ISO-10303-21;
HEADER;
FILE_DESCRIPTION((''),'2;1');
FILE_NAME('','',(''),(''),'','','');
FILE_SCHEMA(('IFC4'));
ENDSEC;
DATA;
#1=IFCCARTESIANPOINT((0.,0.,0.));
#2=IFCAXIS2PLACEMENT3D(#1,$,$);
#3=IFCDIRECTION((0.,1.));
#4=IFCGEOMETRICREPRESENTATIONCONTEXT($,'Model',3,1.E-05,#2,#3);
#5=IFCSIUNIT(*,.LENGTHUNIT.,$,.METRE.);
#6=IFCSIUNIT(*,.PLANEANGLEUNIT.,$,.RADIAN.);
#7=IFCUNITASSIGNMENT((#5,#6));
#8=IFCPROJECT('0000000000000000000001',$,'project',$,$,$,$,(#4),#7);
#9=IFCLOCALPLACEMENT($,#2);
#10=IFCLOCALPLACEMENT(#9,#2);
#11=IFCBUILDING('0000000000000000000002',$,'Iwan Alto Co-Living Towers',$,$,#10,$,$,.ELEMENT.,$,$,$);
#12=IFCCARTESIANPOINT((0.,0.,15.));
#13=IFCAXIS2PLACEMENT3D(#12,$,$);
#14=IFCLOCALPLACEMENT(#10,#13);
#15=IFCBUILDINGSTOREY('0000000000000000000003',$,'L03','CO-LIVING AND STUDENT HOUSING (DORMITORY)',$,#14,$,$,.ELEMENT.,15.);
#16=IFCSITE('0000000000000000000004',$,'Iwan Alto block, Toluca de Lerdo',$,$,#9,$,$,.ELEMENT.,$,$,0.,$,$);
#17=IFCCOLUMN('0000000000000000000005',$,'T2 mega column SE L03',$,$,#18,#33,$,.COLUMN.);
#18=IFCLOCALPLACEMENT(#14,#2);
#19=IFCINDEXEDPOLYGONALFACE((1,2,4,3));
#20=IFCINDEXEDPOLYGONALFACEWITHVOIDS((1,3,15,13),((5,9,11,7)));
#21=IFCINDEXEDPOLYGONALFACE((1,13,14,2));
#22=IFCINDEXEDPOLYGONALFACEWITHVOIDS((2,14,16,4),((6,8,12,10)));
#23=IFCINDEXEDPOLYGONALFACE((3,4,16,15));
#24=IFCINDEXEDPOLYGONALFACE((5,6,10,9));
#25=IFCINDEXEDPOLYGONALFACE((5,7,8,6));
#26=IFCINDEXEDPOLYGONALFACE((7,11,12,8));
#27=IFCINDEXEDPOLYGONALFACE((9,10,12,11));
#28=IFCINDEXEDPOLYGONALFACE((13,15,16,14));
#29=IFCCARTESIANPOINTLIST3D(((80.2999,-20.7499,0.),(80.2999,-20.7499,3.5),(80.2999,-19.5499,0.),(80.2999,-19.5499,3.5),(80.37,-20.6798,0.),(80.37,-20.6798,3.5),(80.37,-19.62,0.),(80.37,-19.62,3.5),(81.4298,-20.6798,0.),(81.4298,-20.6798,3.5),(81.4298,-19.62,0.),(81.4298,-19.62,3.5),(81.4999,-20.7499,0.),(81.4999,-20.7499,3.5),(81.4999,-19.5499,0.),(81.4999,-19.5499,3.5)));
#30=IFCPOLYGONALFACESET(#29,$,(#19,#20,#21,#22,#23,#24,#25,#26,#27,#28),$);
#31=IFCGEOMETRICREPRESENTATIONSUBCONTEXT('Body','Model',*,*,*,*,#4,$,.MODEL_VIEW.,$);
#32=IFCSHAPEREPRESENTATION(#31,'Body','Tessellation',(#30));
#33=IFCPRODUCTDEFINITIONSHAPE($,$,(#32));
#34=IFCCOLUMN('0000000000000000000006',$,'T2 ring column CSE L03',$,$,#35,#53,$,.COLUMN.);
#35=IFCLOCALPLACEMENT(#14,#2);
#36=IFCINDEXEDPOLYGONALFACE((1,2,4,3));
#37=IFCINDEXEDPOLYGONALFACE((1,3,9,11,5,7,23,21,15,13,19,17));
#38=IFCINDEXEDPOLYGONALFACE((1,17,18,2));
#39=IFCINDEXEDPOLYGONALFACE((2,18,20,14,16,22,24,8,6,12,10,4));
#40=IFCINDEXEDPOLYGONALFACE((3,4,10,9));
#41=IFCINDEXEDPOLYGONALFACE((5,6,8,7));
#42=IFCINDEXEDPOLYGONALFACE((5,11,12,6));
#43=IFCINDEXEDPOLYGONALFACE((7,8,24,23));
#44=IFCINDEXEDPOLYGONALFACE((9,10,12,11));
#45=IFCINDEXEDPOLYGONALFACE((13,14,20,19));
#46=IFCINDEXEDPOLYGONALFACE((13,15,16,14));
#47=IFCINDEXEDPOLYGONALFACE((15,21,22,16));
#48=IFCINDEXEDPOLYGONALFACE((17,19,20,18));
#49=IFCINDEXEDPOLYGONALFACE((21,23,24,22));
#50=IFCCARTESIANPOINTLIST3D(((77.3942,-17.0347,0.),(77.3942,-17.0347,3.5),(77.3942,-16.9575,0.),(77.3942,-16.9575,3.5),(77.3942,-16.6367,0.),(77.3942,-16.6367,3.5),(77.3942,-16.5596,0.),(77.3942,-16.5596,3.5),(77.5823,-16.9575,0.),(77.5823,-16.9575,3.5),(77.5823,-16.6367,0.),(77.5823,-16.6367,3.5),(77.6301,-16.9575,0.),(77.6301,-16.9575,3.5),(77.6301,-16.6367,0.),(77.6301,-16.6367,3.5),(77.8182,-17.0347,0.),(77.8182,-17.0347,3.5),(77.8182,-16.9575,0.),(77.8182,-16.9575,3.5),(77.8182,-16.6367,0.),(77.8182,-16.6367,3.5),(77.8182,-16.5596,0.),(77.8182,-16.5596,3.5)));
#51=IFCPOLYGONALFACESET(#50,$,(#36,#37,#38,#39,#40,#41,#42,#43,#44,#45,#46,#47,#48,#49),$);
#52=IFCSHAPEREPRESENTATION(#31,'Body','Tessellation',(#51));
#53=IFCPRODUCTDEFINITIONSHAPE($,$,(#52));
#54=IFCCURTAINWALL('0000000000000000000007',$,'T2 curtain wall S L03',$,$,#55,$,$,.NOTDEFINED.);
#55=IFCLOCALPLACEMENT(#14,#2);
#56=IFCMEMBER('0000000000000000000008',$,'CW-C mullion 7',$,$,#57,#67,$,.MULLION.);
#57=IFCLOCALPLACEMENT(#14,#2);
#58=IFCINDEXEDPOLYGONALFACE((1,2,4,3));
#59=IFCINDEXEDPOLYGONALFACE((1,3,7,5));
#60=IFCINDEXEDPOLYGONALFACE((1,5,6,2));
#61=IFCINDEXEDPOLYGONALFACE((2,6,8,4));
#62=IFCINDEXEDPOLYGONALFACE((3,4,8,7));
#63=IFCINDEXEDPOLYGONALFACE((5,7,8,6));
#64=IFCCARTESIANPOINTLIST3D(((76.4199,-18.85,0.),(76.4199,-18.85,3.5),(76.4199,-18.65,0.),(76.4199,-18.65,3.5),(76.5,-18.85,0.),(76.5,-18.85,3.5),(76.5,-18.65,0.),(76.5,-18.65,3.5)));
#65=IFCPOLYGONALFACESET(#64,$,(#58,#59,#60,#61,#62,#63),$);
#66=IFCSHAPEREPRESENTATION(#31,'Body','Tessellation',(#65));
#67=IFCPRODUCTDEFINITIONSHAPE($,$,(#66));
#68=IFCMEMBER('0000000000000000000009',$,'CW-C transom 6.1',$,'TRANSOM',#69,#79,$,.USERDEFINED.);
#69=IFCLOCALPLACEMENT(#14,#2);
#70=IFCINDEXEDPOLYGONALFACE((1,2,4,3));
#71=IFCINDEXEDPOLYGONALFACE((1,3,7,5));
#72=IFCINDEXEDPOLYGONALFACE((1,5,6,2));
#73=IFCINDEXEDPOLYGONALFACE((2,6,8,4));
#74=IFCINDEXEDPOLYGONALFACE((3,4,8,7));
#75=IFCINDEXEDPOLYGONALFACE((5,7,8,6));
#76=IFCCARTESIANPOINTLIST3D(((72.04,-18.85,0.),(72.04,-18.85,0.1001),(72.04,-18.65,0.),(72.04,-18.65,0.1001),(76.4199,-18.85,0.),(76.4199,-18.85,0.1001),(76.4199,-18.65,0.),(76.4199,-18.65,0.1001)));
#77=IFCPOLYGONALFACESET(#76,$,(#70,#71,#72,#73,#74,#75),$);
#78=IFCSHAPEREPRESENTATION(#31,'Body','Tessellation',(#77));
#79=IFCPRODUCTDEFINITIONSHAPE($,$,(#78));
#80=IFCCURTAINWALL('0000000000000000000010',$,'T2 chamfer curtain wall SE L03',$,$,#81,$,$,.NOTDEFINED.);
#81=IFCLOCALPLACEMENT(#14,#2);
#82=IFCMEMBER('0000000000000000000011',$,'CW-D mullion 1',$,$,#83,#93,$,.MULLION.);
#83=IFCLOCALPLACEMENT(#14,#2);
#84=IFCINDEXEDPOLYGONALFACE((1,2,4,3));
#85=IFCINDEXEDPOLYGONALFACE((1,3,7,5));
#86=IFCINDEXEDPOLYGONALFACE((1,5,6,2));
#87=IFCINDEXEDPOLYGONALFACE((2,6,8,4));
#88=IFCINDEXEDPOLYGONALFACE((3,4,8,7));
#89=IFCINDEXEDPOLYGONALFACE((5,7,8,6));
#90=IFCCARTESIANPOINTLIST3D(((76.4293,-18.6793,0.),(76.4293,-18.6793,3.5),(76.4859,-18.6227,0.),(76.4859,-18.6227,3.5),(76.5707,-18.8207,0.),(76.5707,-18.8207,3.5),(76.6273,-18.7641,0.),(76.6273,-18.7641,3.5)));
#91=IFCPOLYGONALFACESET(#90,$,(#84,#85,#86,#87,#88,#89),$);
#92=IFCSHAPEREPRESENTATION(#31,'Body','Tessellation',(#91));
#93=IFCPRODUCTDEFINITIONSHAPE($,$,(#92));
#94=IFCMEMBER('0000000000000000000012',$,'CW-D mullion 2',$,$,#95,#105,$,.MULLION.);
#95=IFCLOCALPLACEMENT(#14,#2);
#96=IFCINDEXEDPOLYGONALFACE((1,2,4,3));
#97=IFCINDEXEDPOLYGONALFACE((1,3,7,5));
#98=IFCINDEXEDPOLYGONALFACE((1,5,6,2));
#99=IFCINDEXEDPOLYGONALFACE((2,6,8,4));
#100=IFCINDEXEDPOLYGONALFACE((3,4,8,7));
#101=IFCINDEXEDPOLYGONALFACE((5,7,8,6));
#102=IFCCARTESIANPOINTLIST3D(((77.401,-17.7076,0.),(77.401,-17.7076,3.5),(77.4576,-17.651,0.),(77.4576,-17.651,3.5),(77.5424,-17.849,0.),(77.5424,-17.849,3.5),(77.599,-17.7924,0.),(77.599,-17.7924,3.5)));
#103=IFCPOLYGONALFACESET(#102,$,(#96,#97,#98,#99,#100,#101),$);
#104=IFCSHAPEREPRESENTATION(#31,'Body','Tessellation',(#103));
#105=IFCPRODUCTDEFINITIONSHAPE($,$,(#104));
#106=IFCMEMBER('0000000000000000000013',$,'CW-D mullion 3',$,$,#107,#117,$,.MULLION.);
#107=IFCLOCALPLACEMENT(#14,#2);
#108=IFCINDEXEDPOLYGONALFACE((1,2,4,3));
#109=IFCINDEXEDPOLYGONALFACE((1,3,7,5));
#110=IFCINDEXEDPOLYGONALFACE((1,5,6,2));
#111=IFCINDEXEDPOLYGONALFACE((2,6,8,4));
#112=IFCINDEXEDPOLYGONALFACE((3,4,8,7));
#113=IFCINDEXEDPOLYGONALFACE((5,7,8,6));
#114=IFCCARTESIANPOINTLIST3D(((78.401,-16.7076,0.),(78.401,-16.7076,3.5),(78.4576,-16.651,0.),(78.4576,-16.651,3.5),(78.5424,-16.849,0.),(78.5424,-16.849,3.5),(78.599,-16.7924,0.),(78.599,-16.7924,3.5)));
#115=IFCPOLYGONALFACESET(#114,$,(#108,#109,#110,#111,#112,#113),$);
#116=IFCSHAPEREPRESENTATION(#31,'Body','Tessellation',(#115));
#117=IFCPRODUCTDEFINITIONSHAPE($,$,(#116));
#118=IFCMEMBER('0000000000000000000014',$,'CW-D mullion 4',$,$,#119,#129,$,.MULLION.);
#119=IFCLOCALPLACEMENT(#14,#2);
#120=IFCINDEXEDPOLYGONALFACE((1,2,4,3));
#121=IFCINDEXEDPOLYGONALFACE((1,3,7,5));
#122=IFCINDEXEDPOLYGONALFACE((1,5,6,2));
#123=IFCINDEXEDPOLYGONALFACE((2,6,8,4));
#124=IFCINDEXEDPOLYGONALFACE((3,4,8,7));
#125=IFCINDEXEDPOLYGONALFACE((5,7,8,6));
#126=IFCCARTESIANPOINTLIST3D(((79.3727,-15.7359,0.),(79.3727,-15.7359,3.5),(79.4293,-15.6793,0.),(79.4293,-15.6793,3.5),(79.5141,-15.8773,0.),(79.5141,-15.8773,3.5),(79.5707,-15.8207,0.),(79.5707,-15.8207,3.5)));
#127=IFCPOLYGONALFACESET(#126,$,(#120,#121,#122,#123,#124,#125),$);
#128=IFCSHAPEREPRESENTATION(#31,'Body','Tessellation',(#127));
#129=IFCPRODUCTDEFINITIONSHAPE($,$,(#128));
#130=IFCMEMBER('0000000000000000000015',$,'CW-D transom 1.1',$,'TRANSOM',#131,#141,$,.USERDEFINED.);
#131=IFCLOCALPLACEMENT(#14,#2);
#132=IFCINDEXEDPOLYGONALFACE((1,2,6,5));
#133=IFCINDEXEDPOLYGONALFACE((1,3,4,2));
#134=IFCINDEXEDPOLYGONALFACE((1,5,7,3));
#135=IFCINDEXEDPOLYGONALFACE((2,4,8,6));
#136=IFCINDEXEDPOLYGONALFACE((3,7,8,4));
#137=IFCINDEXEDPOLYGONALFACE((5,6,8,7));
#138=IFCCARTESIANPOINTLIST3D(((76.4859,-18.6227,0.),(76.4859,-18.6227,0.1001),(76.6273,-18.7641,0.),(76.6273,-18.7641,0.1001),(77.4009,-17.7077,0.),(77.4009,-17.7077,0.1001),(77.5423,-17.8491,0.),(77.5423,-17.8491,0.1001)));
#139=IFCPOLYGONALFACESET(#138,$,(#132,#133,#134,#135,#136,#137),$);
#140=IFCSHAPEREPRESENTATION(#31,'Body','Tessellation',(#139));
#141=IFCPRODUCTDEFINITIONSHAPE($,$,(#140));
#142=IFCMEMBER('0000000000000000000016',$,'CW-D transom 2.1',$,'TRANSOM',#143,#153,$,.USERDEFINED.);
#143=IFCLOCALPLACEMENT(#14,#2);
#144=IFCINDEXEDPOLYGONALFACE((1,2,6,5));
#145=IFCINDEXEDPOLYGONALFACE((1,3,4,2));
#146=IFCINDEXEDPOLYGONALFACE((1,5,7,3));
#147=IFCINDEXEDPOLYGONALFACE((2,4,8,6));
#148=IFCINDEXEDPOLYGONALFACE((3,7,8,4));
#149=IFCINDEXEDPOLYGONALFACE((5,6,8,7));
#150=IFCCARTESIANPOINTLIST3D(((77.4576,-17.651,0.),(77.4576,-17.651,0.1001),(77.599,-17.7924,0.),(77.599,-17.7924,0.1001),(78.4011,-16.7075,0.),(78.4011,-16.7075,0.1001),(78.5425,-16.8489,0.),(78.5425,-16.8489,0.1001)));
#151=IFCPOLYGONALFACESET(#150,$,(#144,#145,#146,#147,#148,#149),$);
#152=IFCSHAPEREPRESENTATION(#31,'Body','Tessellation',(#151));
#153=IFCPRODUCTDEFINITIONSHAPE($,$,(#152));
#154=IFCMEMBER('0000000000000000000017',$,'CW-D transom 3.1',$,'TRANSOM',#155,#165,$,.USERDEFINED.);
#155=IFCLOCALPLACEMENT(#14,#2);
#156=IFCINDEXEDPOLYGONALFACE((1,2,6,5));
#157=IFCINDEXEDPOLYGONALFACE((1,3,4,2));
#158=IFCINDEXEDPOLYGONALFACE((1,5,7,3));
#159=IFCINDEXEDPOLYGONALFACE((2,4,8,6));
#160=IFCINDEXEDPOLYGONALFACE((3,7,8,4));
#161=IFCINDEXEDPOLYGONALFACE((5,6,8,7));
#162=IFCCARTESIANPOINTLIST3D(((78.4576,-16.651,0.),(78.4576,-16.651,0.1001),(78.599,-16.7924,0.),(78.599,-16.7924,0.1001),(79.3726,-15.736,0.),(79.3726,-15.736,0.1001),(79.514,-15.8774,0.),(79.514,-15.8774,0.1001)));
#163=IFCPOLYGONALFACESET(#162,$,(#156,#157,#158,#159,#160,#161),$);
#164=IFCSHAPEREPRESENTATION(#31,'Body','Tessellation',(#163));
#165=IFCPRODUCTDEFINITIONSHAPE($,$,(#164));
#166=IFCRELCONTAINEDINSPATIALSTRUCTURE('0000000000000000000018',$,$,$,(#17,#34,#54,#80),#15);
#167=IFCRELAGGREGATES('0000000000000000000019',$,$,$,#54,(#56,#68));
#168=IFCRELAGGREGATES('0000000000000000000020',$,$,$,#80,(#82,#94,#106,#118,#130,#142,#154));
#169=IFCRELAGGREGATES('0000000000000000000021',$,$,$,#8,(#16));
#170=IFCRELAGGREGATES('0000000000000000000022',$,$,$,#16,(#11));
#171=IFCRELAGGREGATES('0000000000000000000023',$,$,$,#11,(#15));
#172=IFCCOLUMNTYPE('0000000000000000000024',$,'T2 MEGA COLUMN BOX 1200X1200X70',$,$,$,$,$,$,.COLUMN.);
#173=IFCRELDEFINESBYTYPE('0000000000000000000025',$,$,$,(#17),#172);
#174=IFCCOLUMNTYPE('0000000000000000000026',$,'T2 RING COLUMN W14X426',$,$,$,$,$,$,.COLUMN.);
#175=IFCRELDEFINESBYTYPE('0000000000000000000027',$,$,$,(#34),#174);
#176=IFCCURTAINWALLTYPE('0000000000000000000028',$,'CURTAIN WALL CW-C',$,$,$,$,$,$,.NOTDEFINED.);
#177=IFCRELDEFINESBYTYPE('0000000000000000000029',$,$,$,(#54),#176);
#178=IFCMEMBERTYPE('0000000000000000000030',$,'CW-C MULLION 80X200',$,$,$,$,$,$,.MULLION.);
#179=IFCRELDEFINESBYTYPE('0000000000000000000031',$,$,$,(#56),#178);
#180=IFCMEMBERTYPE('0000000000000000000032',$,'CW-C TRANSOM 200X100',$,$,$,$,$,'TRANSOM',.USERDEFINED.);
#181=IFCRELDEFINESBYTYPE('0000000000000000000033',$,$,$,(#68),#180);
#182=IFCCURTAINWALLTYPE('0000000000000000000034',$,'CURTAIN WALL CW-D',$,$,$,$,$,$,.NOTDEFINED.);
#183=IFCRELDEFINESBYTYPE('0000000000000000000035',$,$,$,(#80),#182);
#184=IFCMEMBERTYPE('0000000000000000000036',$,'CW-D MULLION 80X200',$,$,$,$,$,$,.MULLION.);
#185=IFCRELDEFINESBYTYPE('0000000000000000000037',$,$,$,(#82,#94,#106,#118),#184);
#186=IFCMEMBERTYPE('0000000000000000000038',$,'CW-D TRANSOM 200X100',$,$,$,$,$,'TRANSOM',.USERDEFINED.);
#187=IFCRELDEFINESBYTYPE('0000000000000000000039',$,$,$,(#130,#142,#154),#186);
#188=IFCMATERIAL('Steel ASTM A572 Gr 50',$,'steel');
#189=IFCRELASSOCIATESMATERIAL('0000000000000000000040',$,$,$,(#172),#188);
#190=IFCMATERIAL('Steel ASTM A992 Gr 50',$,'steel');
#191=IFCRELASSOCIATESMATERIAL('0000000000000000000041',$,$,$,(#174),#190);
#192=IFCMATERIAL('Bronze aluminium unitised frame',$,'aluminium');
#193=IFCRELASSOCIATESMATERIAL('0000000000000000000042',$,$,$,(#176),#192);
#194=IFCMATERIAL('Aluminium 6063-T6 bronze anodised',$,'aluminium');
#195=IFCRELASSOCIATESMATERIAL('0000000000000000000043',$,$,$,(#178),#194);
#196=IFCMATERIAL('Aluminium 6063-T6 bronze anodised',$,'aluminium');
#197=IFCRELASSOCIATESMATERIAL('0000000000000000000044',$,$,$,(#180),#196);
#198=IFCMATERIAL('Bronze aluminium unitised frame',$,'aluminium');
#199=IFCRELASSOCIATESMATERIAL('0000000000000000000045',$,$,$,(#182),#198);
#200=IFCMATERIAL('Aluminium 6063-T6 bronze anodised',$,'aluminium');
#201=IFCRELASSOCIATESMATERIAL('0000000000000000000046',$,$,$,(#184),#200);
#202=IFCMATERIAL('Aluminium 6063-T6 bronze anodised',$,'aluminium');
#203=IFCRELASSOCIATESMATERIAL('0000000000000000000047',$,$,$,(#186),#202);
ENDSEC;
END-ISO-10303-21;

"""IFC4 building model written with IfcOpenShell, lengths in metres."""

from ifc_helpers import new_model, si_unit, direction, frame, origin, origin_2d, place, context, subcontext, project, spatial, rectangle, hollow_rectangle, i_section, extrude, material, material_profile, profile_set, type_object, element, aggregate, save


model = new_model("IFC4")

# Units and contexts
model_context = context("Model", 3, precision=1e-05, world=origin(), true_north=direction((0.0, 1.0)))
body_context = subcontext(model_context, "Body", "Model", "MODEL_VIEW")
ifc_project = project(units=[si_unit("LENGTHUNIT", "METRE"), si_unit("PLANEANGLEUNIT", "RADIAN")], contexts=[model_context])

# Site, building, storey
site_placement = place(None, origin())
site = spatial("IfcSite", under=ifc_project, at=site_placement, Name="Iwan Alto block, Toluca de Lerdo", CompositionType="ELEMENT", RefElevation=0.0)
building_placement = place(site_placement, origin())
building = spatial("IfcBuilding", under=site, at=building_placement, Name="Iwan Alto Co-Living Towers", CompositionType="ELEMENT")
storey_placement = place(building_placement, frame((0.0, 0.0, 15.0)))
storey = spatial("IfcBuildingStorey", under=building, at=storey_placement, Name="L03", Description="CO-LIVING AND STUDENT HOUSING (DORMITORY)", CompositionType="ELEMENT", Elevation=15.0)

# Columns
ifc_material_1 = material(Name="Steel ASTM A572 Gr 50", Category="steel")
ifc_material_profile_1 = material_profile(ifc_material_1, hollow_rectangle(XDim=1.2, YDim=1.2, WallThickness=0.0701, at=origin_2d()), Name="BOX 1200X1200X70")
ifc_profile_set_1 = profile_set([ifc_material_profile_1], Name="Steel ASTM A572 Gr 50")
column_type_1 = type_object("IfcColumnType", Name="T2 MEGA COLUMN BOX 1200X1200X70", PredefinedType="COLUMN", material=ifc_profile_set_1)
column_1_placement = place(storey_placement, frame((80.8999, -20.1499, 0.0), z_axis=(0.0, 0.0, 1.0), x_axis=(1.0, 0.0, 0.0)))
element("IfcColumn", 1, at=column_1_placement, inside=storey, type_object=column_type_1, Name="T2 mega column SE L03", PredefinedType="COLUMN", context=body_context, shape_type="SweptSolid", body=[
    extrude(hollow_rectangle(XDim=1.2, YDim=1.2, WallThickness=0.0701, at=origin_2d()), origin(), (0.0, 0.0, 1.0), 3.5),
])
ifc_material_2 = material(Name="Steel ASTM A992 Gr 50", Category="steel")
ifc_material_profile_2 = material_profile(ifc_material_2, i_section(OverallWidth=0.4241, OverallDepth=0.4751, WebThickness=0.0479, FlangeThickness=0.0771, at=origin_2d()), Name="W14X426")
ifc_profile_set_2 = profile_set([ifc_material_profile_2], Name="Steel ASTM A992 Gr 50")
column_type_2 = type_object("IfcColumnType", Name="T2 RING COLUMN W14X426", PredefinedType="COLUMN", material=ifc_profile_set_2)
column_2_placement = place(storey_placement, frame((77.6062, -16.7971, 0.0), z_axis=(0.0, 0.0, 1.0), x_axis=(1.0, 0.0, 0.0)))
element("IfcColumn", 2, at=column_2_placement, inside=storey, type_object=column_type_2, Name="T2 ring column CSE L03", PredefinedType="COLUMN", context=body_context, shape_type="SweptSolid", body=[
    extrude(i_section(OverallWidth=0.4241, OverallDepth=0.4751, WebThickness=0.0479, FlangeThickness=0.0771, at=origin_2d()), origin(), (0.0, 0.0, 1.0), 3.5),
])

# Curtain walls, members
ifc_material_3 = material(Name="Bronze aluminium unitised frame", Category="aluminium")
curtain_wall_type_1 = type_object("IfcCurtainWallType", Name="CURTAIN WALL CW-C", PredefinedType="NOTDEFINED", material=ifc_material_3)
curtain_wall_1_placement = place(storey_placement, origin())
curtain_wall_1 = element("IfcCurtainWall", 3, at=curtain_wall_1_placement, inside=storey, type_object=curtain_wall_type_1, Name="T2 curtain wall S L03", PredefinedType="NOTDEFINED")
ifc_material_4 = material(Name="Aluminium 6063-T6 bronze anodised", Category="aluminium")
ifc_material_profile_3 = material_profile(ifc_material_4, rectangle(XDim=0.2, YDim=0.0801, at=origin_2d()), Name="AL 80X200")
ifc_profile_set_3 = profile_set([ifc_material_profile_3], Name="Aluminium 6063-T6 bronze anodised")
member_type_1 = type_object("IfcMemberType", Name="CW-C MULLION 80X200", PredefinedType="MULLION", material=ifc_profile_set_3)
member_1_placement = place(storey_placement, frame((76.46, -18.75, 0.0), z_axis=(0.0, 0.0, 1.0), x_axis=(0.0, 1.0, 0.0)))
member_1 = element("IfcMember", 4, at=member_1_placement, type_object=member_type_1, Name="CW-C mullion 7", PredefinedType="MULLION", context=body_context, shape_type="SweptSolid", body=[
    extrude(rectangle(XDim=0.2, YDim=0.0801, at=origin_2d()), origin(), (0.0, 0.0, 1.0), 3.5),
])
ifc_material_5 = material(Name="Aluminium 6063-T6 bronze anodised", Category="aluminium")
ifc_material_profile_4 = material_profile(ifc_material_5, rectangle(XDim=0.2, YDim=0.1001, at=origin_2d()), Name="AL 200X100")
ifc_profile_set_4 = profile_set([ifc_material_profile_4], Name="Aluminium 6063-T6 bronze anodised")
member_type_2 = type_object("IfcMemberType", Name="CW-C TRANSOM 200X100", ElementType="TRANSOM", PredefinedType="USERDEFINED", material=ifc_profile_set_4)
member_2_placement = place(storey_placement, frame((72.04, -18.75, 0.05), z_axis=(1.0, 0.0, 0.0), x_axis=(0.0, 1.0, 0.0)))
member_2 = element("IfcMember", 5, at=member_2_placement, type_object=member_type_2, Name="CW-C transom 6.1", ObjectType="TRANSOM", PredefinedType="USERDEFINED", context=body_context, shape_type="SweptSolid", body=[
    extrude(rectangle(XDim=0.2, YDim=0.1001, at=origin_2d()), origin(), (0.0, 0.0, 1.0), 4.3799),
])
ifc_material_6 = material(Name="Bronze aluminium unitised frame", Category="aluminium")
curtain_wall_type_2 = type_object("IfcCurtainWallType", Name="CURTAIN WALL CW-D", PredefinedType="NOTDEFINED", material=ifc_material_6)
curtain_wall_2_placement = place(storey_placement, origin())
curtain_wall_2 = element("IfcCurtainWall", 6, at=curtain_wall_2_placement, inside=storey, type_object=curtain_wall_type_2, Name="T2 chamfer curtain wall SE L03", PredefinedType="NOTDEFINED")
ifc_material_7 = material(Name="Aluminium 6063-T6 bronze anodised", Category="aluminium")
ifc_material_profile_5 = material_profile(ifc_material_7, rectangle(XDim=0.2, YDim=0.0801, at=origin_2d()), Name="AL 80X200")
ifc_profile_set_5 = profile_set([ifc_material_profile_5], Name="Aluminium 6063-T6 bronze anodised")
member_type_3 = type_object("IfcMemberType", Name="CW-D MULLION 80X200", PredefinedType="MULLION", material=ifc_profile_set_5)
member_3_placement = place(storey_placement, frame((76.5283, -18.7217, 0.0), z_axis=(0.0, 0.0, 1.0), x_axis=(-0.707107, 0.707107, 0.0)))
member_3 = element("IfcMember", 7, at=member_3_placement, type_object=member_type_3, Name="CW-D mullion 1", PredefinedType="MULLION", context=body_context, shape_type="SweptSolid", body=[
    extrude(rectangle(XDim=0.2, YDim=0.0801, at=origin_2d()), origin(), (0.0, 0.0, 1.0), 3.5),
])
member_4_placement = place(storey_placement, frame((77.5, -17.75, 0.0), z_axis=(0.0, 0.0, 1.0), x_axis=(-0.707107, 0.707107, 0.0)))
member_4 = element("IfcMember", 8, at=member_4_placement, type_object=member_type_3, Name="CW-D mullion 2", PredefinedType="MULLION", context=body_context, shape_type="SweptSolid", body=[
    extrude(rectangle(XDim=0.2, YDim=0.0801, at=origin_2d()), origin(), (0.0, 0.0, 1.0), 3.5),
])
member_5_placement = place(storey_placement, frame((78.5, -16.75, 0.0), z_axis=(0.0, 0.0, 1.0), x_axis=(-0.707107, 0.707107, 0.0)))
member_5 = element("IfcMember", 9, at=member_5_placement, type_object=member_type_3, Name="CW-D mullion 3", PredefinedType="MULLION", context=body_context, shape_type="SweptSolid", body=[
    extrude(rectangle(XDim=0.2, YDim=0.0801, at=origin_2d()), origin(), (0.0, 0.0, 1.0), 3.5),
])
member_6_placement = place(storey_placement, frame((79.4717, -15.7783, 0.0), z_axis=(0.0, 0.0, 1.0), x_axis=(-0.707107, 0.707107, 0.0)))
member_6 = element("IfcMember", 10, at=member_6_placement, type_object=member_type_3, Name="CW-D mullion 4", PredefinedType="MULLION", context=body_context, shape_type="SweptSolid", body=[
    extrude(rectangle(XDim=0.2, YDim=0.0801, at=origin_2d()), origin(), (0.0, 0.0, 1.0), 3.5),
])
ifc_material_8 = material(Name="Aluminium 6063-T6 bronze anodised", Category="aluminium")
ifc_material_profile_6 = material_profile(ifc_material_8, rectangle(XDim=0.2, YDim=0.1001, at=origin_2d()), Name="AL 200X100")
ifc_profile_set_6 = profile_set([ifc_material_profile_6], Name="Aluminium 6063-T6 bronze anodised")
member_type_4 = type_object("IfcMemberType", Name="CW-D TRANSOM 200X100", ElementType="TRANSOM", PredefinedType="USERDEFINED", material=ifc_profile_set_6)
member_7_placement = place(storey_placement, frame((76.5566, -18.6934, 0.05), z_axis=(0.707107, 0.707107, 0.0), x_axis=(-0.707107, 0.707107, 0.0)))
member_7 = element("IfcMember", 11, at=member_7_placement, type_object=member_type_4, Name="CW-D transom 1.1", ObjectType="TRANSOM", PredefinedType="USERDEFINED", context=body_context, shape_type="SweptSolid", body=[
    extrude(rectangle(XDim=0.2, YDim=0.1001, at=origin_2d()), origin(), (0.0, 0.0, 1.0), 1.2939),
])
member_8_placement = place(storey_placement, frame((77.5283, -17.7217, 0.05), z_axis=(0.707107, 0.707107, 0.0), x_axis=(-0.707107, 0.707107, 0.0)))
member_8 = element("IfcMember", 12, at=member_8_placement, type_object=member_type_4, Name="CW-D transom 2.1", ObjectType="TRANSOM", PredefinedType="USERDEFINED", context=body_context, shape_type="SweptSolid", body=[
    extrude(rectangle(XDim=0.2, YDim=0.1001, at=origin_2d()), origin(), (0.0, 0.0, 1.0), 1.3342),
])
member_9_placement = place(storey_placement, frame((78.5283, -16.7217, 0.05), z_axis=(0.707107, 0.707107, 0.0), x_axis=(-0.707107, 0.707107, 0.0)))
member_9 = element("IfcMember", 13, at=member_9_placement, type_object=member_type_4, Name="CW-D transom 3.1", ObjectType="TRANSOM", PredefinedType="USERDEFINED", context=body_context, shape_type="SweptSolid", body=[
    extrude(rectangle(XDim=0.2, YDim=0.1001, at=origin_2d()), origin(), (0.0, 0.0, 1.0), 1.2939),
])

aggregate(curtain_wall_1, [member_1, member_2])
aggregate(curtain_wall_2, [member_3, member_4, member_5, member_6, member_7, member_8, member_9])

save(model, "model.ifc")
